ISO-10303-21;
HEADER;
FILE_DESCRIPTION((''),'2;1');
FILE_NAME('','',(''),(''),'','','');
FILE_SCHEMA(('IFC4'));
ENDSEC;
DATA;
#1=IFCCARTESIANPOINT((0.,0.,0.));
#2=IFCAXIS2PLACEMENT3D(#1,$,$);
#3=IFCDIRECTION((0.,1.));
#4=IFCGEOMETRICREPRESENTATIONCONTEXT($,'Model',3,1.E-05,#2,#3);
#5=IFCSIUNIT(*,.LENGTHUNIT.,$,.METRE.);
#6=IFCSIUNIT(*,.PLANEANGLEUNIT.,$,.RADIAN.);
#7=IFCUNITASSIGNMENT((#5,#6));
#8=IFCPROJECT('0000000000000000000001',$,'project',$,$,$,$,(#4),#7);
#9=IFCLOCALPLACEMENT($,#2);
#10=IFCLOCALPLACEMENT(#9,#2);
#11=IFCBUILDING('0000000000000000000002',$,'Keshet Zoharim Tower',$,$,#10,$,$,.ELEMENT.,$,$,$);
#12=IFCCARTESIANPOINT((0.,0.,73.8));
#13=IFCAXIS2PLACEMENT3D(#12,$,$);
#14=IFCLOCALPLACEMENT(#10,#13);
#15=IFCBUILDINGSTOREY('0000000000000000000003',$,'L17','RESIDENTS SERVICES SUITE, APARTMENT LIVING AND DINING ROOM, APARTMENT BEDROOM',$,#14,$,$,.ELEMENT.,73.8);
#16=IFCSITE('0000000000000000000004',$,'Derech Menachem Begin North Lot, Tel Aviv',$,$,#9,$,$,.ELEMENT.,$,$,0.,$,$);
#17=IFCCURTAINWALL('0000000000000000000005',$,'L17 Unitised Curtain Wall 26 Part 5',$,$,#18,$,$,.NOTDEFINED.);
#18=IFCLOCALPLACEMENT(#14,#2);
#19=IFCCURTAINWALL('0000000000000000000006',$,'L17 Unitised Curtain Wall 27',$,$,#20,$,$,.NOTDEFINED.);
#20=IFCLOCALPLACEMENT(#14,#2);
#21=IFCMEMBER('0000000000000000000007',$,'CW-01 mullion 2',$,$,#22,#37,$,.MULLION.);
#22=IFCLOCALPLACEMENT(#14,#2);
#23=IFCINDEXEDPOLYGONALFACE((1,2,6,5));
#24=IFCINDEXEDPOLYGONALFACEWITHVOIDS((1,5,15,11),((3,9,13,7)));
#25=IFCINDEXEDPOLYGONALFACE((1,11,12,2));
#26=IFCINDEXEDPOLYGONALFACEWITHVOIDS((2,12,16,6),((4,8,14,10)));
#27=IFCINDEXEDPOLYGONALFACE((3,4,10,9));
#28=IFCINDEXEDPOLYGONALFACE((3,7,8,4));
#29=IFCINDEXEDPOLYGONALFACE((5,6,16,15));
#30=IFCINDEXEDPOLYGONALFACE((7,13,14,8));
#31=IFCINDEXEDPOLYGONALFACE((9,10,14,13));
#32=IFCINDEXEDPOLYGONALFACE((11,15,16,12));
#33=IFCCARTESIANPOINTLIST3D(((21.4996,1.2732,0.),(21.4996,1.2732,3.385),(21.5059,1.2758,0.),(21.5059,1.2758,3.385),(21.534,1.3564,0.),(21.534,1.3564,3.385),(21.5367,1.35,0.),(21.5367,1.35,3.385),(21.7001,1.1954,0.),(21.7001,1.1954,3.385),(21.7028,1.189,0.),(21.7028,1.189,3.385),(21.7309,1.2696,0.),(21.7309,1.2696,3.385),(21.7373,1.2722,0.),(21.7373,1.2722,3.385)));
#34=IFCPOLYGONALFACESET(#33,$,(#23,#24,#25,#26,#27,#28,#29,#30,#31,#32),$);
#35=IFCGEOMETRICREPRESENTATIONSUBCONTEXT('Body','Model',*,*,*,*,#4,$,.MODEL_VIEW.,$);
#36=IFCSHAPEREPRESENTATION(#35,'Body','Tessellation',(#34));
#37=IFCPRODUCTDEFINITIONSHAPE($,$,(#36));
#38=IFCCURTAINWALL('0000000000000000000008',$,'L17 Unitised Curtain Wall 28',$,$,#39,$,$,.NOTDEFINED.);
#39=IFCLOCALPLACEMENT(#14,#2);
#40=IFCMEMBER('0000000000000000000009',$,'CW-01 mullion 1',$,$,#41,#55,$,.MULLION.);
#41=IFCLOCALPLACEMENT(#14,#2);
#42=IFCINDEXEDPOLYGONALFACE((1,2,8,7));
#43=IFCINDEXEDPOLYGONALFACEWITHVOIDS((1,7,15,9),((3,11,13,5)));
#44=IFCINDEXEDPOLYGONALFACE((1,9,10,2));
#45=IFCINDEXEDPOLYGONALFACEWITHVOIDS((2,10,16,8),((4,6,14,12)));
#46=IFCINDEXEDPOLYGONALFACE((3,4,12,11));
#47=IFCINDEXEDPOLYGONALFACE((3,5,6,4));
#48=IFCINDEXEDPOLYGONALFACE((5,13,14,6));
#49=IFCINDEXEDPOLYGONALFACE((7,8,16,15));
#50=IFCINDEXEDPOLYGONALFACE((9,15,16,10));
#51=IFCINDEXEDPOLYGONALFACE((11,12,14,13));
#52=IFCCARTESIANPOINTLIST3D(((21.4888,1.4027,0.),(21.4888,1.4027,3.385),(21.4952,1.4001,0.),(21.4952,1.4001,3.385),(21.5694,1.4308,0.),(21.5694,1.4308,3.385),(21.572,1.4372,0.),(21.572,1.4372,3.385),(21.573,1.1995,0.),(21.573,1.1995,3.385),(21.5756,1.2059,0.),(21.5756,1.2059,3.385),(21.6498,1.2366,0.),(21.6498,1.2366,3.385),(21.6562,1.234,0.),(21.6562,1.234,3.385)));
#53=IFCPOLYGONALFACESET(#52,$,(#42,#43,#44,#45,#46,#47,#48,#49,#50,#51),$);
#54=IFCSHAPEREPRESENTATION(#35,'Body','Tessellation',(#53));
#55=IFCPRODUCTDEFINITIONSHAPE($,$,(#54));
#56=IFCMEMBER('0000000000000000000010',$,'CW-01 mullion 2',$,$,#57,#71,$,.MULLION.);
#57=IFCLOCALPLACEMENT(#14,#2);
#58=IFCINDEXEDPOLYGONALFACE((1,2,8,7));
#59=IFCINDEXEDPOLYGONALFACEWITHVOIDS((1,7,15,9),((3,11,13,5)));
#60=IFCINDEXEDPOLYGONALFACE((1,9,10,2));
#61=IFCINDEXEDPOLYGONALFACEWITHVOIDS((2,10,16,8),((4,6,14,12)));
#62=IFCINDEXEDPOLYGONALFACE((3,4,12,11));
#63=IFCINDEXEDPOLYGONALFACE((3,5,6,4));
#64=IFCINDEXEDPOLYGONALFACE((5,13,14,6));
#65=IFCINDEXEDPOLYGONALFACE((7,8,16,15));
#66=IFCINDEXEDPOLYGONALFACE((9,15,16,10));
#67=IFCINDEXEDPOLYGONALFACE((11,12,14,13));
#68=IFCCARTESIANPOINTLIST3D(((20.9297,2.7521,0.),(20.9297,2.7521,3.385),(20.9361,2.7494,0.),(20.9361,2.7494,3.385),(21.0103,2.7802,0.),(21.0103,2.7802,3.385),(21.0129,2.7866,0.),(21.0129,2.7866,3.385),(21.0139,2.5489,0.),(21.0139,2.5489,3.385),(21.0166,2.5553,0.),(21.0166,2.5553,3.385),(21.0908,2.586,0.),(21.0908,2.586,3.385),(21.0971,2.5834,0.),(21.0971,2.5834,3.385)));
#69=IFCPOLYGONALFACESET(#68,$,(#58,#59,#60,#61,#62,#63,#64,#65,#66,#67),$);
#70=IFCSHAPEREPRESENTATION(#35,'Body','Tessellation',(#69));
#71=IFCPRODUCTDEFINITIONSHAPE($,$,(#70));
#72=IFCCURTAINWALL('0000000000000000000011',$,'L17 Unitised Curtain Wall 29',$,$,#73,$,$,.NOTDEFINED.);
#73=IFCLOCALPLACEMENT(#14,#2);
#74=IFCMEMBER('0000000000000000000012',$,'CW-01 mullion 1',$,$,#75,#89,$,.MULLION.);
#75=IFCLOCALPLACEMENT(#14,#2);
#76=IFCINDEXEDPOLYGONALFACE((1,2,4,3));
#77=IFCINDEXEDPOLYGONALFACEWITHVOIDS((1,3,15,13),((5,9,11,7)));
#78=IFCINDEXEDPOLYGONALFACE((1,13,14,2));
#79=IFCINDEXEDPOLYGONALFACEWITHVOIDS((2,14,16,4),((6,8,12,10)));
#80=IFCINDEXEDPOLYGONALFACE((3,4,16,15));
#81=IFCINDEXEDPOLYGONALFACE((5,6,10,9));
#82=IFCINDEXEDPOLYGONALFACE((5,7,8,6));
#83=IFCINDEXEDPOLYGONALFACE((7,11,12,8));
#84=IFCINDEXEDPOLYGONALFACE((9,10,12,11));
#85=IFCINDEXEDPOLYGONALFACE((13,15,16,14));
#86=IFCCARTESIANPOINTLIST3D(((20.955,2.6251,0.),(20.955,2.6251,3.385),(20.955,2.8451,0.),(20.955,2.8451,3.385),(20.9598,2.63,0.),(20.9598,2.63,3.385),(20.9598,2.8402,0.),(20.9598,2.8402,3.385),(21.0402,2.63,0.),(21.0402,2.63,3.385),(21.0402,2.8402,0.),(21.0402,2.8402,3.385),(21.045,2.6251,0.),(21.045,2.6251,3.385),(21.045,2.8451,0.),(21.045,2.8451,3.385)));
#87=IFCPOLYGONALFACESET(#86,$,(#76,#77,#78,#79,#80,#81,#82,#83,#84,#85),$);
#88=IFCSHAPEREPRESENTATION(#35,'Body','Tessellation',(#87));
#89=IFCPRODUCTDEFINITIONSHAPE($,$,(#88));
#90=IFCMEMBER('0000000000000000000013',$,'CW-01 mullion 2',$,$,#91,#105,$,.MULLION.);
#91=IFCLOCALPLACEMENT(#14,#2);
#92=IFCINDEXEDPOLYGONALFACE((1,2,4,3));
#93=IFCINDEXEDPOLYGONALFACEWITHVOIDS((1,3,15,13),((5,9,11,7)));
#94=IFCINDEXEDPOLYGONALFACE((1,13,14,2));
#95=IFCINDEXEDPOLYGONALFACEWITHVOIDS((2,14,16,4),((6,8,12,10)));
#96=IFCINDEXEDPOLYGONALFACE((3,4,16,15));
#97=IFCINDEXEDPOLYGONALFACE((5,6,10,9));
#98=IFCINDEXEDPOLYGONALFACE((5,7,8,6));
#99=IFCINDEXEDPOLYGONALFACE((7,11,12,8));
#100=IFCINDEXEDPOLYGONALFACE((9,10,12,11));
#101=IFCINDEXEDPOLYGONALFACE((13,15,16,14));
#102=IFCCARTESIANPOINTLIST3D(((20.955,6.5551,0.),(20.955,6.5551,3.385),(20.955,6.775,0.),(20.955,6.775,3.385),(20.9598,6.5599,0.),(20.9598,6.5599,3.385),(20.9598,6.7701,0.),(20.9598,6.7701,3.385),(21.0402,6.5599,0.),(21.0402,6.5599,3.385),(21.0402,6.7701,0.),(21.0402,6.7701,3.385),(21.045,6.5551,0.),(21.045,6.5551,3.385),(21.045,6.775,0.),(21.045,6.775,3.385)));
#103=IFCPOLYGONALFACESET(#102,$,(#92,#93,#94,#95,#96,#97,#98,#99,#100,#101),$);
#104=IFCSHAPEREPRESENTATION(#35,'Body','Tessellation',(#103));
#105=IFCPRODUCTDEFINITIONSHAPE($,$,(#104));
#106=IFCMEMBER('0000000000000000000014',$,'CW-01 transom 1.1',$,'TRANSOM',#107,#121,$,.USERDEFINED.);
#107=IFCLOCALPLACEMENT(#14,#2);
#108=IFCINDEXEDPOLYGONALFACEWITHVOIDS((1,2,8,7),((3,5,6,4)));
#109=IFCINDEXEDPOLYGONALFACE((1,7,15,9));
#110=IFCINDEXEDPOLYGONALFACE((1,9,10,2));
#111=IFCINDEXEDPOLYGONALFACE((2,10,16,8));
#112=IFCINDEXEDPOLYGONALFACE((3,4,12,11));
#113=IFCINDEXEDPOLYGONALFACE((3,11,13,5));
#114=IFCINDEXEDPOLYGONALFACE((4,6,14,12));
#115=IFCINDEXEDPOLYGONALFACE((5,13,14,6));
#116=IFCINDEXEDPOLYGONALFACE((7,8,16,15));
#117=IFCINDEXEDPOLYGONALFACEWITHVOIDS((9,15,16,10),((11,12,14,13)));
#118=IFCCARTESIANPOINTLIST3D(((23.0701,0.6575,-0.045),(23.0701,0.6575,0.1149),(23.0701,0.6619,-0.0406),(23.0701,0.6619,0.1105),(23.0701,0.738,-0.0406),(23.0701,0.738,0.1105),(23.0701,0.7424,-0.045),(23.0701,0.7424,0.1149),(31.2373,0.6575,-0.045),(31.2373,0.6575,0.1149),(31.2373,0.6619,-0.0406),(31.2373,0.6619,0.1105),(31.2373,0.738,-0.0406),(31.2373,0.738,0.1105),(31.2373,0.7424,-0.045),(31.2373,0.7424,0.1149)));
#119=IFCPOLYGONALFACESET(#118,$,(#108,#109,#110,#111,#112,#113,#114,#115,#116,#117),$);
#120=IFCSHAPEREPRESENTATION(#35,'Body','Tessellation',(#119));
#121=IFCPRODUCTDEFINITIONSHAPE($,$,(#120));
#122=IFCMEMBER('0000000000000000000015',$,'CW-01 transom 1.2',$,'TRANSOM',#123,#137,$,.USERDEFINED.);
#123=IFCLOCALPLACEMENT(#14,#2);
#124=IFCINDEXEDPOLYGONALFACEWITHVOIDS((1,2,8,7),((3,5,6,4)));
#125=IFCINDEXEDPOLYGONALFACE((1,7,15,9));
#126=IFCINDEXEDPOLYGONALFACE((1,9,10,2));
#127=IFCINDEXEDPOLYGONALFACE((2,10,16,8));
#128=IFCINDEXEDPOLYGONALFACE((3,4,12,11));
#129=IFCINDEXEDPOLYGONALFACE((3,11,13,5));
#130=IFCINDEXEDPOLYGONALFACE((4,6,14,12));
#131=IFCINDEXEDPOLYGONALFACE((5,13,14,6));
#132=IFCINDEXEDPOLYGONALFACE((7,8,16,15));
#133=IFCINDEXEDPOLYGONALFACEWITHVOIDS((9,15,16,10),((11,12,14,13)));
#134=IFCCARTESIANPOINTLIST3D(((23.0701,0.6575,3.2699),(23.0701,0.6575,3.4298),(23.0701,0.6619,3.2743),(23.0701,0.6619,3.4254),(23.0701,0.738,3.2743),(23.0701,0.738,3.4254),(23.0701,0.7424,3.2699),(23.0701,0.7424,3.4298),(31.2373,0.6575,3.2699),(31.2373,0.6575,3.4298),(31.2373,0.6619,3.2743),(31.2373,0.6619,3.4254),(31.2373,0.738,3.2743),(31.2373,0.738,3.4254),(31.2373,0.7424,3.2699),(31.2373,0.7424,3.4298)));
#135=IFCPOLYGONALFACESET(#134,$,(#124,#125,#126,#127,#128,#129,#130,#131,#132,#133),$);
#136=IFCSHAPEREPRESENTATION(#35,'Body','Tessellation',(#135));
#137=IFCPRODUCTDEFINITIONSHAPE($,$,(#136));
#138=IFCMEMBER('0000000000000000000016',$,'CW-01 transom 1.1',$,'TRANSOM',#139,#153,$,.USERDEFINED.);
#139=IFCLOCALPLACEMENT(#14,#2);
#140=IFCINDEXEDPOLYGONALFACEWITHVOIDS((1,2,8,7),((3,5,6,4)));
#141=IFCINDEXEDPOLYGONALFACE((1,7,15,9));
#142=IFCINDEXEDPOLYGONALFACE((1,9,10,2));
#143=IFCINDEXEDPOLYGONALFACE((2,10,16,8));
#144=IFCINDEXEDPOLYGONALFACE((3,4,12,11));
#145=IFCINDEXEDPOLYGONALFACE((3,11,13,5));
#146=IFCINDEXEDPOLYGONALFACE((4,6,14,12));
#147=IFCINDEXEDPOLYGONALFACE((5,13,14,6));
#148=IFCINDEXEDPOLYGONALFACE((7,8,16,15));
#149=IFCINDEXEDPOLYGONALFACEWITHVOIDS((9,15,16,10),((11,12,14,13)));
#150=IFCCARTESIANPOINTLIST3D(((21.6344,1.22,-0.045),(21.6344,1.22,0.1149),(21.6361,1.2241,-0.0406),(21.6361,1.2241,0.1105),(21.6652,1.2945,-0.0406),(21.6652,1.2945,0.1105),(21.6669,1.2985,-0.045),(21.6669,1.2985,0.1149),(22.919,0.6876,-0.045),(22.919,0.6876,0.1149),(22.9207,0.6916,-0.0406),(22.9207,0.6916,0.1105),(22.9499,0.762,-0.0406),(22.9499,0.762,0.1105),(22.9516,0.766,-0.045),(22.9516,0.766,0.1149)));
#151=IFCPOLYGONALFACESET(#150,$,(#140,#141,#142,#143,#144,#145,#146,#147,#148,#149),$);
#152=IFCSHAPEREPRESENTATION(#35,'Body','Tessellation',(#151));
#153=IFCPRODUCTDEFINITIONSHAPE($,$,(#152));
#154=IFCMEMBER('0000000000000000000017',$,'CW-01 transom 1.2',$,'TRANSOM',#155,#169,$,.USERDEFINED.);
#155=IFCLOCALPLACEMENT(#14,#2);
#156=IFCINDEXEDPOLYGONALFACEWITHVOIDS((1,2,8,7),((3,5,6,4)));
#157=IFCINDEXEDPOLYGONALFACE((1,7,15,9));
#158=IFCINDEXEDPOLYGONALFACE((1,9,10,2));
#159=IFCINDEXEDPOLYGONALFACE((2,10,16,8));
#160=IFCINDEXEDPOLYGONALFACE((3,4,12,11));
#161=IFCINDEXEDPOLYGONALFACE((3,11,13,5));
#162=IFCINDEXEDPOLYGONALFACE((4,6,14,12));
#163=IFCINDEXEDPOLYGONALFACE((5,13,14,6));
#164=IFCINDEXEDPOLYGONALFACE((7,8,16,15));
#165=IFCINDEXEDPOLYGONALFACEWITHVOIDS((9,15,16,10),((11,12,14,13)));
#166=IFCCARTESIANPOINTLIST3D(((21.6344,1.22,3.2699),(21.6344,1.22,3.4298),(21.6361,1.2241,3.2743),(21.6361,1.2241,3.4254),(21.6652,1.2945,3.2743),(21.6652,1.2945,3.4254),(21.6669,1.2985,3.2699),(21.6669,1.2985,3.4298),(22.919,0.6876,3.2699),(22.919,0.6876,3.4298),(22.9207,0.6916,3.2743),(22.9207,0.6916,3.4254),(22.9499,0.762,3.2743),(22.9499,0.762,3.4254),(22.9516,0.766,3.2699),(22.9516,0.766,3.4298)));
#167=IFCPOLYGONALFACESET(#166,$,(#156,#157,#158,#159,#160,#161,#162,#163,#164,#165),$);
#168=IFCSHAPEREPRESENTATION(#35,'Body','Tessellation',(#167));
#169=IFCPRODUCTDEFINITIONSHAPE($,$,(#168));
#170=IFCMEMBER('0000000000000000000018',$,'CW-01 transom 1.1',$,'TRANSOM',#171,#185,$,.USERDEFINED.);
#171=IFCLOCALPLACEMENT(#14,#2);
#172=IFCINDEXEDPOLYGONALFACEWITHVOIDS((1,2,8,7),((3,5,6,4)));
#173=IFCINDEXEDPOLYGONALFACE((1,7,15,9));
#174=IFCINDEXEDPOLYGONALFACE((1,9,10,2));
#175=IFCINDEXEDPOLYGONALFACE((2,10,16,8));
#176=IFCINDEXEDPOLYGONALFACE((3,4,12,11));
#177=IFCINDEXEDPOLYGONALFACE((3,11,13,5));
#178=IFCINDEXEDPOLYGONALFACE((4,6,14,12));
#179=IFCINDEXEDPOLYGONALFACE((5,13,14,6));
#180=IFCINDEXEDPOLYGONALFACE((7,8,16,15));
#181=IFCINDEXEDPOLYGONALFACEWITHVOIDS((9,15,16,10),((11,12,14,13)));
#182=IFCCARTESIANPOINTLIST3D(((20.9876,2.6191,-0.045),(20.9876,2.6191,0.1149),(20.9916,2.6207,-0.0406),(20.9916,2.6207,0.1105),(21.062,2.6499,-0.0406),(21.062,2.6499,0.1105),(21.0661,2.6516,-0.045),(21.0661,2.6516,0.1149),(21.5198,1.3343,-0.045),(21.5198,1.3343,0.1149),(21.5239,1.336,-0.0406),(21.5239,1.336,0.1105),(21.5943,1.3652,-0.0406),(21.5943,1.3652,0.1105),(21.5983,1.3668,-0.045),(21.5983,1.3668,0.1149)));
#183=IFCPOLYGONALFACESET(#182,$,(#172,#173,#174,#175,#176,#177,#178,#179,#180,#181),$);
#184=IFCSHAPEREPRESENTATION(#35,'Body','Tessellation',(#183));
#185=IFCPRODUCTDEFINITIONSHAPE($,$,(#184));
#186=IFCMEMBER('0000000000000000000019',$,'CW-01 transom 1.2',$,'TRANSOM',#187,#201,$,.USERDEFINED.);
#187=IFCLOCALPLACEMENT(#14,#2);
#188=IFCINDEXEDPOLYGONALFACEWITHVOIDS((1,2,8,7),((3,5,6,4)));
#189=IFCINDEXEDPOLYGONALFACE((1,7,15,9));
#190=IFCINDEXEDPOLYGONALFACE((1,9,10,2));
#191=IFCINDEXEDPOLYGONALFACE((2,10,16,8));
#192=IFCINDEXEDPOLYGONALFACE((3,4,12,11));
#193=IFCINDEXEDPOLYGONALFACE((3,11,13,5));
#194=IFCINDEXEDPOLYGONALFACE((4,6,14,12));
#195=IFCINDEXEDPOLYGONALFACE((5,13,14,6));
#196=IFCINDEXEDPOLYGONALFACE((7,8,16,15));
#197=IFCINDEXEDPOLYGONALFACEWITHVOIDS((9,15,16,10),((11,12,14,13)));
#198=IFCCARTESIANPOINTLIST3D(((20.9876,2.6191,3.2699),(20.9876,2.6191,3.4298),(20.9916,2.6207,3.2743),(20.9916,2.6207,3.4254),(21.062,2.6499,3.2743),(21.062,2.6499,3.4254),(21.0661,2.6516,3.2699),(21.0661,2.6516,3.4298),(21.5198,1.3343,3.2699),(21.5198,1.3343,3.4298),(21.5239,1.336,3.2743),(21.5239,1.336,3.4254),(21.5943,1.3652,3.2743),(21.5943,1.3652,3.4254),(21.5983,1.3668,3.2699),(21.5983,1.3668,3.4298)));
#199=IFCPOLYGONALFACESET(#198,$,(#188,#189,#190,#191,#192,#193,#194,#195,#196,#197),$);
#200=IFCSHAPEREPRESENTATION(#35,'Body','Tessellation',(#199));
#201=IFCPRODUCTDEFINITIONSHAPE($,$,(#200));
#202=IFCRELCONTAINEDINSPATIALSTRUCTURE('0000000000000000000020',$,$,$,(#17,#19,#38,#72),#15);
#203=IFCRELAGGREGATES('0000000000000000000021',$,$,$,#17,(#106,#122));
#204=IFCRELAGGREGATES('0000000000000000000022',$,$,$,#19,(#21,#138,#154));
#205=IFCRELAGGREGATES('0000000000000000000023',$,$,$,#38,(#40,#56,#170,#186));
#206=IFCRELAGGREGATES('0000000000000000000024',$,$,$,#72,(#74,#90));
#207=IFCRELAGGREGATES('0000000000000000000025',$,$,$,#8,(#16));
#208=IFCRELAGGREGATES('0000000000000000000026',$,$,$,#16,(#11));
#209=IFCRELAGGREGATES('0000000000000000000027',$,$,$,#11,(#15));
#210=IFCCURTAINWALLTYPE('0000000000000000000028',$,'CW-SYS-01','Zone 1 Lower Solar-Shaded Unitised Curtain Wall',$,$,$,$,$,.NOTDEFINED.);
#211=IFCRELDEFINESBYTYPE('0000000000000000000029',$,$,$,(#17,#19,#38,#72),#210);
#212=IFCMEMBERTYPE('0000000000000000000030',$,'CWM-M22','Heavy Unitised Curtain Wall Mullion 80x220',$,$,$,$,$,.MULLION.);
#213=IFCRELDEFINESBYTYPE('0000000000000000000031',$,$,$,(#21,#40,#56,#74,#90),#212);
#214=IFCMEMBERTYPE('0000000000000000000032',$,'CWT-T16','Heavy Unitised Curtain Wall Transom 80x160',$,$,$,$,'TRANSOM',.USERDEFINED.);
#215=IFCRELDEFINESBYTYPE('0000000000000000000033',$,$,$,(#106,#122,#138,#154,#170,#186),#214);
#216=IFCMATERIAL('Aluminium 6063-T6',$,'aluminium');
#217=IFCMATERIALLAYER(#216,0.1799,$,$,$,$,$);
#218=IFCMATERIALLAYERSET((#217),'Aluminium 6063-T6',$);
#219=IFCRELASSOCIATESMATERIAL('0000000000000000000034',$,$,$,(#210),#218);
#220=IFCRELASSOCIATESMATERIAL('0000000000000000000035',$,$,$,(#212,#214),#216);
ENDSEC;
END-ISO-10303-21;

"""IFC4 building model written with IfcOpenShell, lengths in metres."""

from ifc_helpers import new_model, si_unit, direction, frame, origin, origin_2d, place, context, subcontext, project, spatial, hollow_rectangle, extrude, material, layer, layer_set, material_profile, profile_set, type_object, element, aggregate, save


model = new_model("IFC4")

# Units and contexts
model_context = context("Model", 3, precision=1e-05, world=origin(), true_north=direction((0.0, 1.0)))
body_context = subcontext(model_context, "Body", "Model", "MODEL_VIEW")
ifc_project = project(units=[si_unit("LENGTHUNIT", "METRE"), si_unit("PLANEANGLEUNIT", "RADIAN")], contexts=[model_context])

# Site, building, storey
site_placement = place(None, origin())
site = spatial("IfcSite", under=ifc_project, at=site_placement, Name="Derech Menachem Begin North Lot, Tel Aviv", CompositionType="ELEMENT", RefElevation=0.0)
building_placement = place(site_placement, origin())
building = spatial("IfcBuilding", under=site, at=building_placement, Name="Keshet Zoharim Tower", CompositionType="ELEMENT")
storey_placement = place(building_placement, frame((0.0, 0.0, 73.8)))
storey = spatial("IfcBuildingStorey", under=building, at=storey_placement, Name="L17", Description="RESIDENTS SERVICES SUITE, APARTMENT LIVING AND DINING ROOM, APARTMENT BEDROOM", CompositionType="ELEMENT", Elevation=73.8)

# Curtain wall
ifc_material_1 = material(Name="Aluminium 6063-T6", Category="aluminium")
ifc_layer_1 = layer(ifc_material_1, 0.1799)
ifc_layer_set_1 = layer_set([ifc_layer_1], Name="Aluminium 6063-T6")
curtain_wall_type = type_object("IfcCurtainWallType", Name="CW-SYS-01", Description="Zone 1 Lower Solar-Shaded Unitised Curtain Wall", PredefinedType="NOTDEFINED", material=ifc_layer_set_1)
ifc_material_profile_1 = material_profile(ifc_material_1, hollow_rectangle(XDim=0.0901, YDim=0.22, WallThickness=0.0049, at=origin_2d()), Name="MUL-90x220")
ifc_profile_set_1 = profile_set([ifc_material_profile_1], Name="Aluminium 6063-T6")
member_type_1 = type_object("IfcMemberType", Name="CWM-M22", Description="Heavy Unitised Curtain Wall Mullion 80x220", PredefinedType="MULLION", material=ifc_profile_set_1)
curtain_wall_1_placement = place(storey_placement, origin())
curtain_wall_1 = element("IfcCurtainWall", 1, at=curtain_wall_1_placement, inside=storey, type_object=curtain_wall_type, Name="L17 Unitised Curtain Wall 26 Part 5", PredefinedType="NOTDEFINED")

# Curtain walls, members
curtain_wall_2_placement = place(storey_placement, origin())
curtain_wall_2 = element("IfcCurtainWall", 2, at=curtain_wall_2_placement, inside=storey, type_object=curtain_wall_type, Name="L17 Unitised Curtain Wall 27", PredefinedType="NOTDEFINED")
member_1_placement = place(storey_placement, frame((21.6184, 1.2727, 0.0), z_axis=(0.0, 0.0, 1.0), x_axis=(-0.382852, -0.92381, 0.0)))
member_1 = element("IfcMember", 3, at=member_1_placement, type_object=member_type_1, Name="CW-01 mullion 2", PredefinedType="MULLION", context=body_context, shape_type="SweptSolid", body=[
    extrude(hollow_rectangle(XDim=0.0901, YDim=0.22, WallThickness=0.0049, at=origin_2d()), origin(), (0.0, 0.0, 1.0), 3.385),
])
curtain_wall_3_placement = place(storey_placement, origin())
curtain_wall_3 = element("IfcCurtainWall", 4, at=curtain_wall_3_placement, inside=storey, type_object=curtain_wall_type, Name="L17 Unitised Curtain Wall 28", PredefinedType="NOTDEFINED")
member_2_placement = place(storey_placement, frame((21.5725, 1.3184, 0.0), z_axis=(0.0, 0.0, 1.0), x_axis=(-0.92381, -0.382852, 0.0)))
member_2 = element("IfcMember", 5, at=member_2_placement, type_object=member_type_1, Name="CW-01 mullion 1", PredefinedType="MULLION", context=body_context, shape_type="SweptSolid", body=[
    extrude(hollow_rectangle(XDim=0.0901, YDim=0.22, WallThickness=0.0049, at=origin_2d()), origin(), (0.0, 0.0, 1.0), 3.385),
])
member_3_placement = place(storey_placement, frame((21.0134, 2.6677, 0.0), z_axis=(0.0, 0.0, 1.0), x_axis=(-0.92381, -0.382852, 0.0)))
member_3 = element("IfcMember", 6, at=member_3_placement, type_object=member_type_1, Name="CW-01 mullion 2", PredefinedType="MULLION", context=body_context, shape_type="SweptSolid", body=[
    extrude(hollow_rectangle(XDim=0.0901, YDim=0.22, WallThickness=0.0049, at=origin_2d()), origin(), (0.0, 0.0, 1.0), 3.385),
])
curtain_wall_4_placement = place(storey_placement, origin())
curtain_wall_4 = element("IfcCurtainWall", 7, at=curtain_wall_4_placement, inside=storey, type_object=curtain_wall_type, Name="L17 Unitised Curtain Wall 29", PredefinedType="NOTDEFINED")
member_4_placement = place(storey_placement, frame((21.0, 2.7351, 0.0), z_axis=(0.0, 0.0, 1.0), x_axis=(-1.0, 0.0, 0.0)))
member_4 = element("IfcMember", 8, at=member_4_placement, type_object=member_type_1, Name="CW-01 mullion 1", PredefinedType="MULLION", context=body_context, shape_type="SweptSolid", body=[
    extrude(hollow_rectangle(XDim=0.0901, YDim=0.22, WallThickness=0.0049, at=origin_2d()), origin(), (0.0, 0.0, 1.0), 3.385),
])
member_5_placement = place(storey_placement, frame((21.0, 6.665, 0.0), z_axis=(0.0, 0.0, 1.0), x_axis=(-1.0, 0.0, 0.0)))
member_5 = element("IfcMember", 9, at=member_5_placement, type_object=member_type_1, Name="CW-01 mullion 2", PredefinedType="MULLION", context=body_context, shape_type="SweptSolid", body=[
    extrude(hollow_rectangle(XDim=0.0901, YDim=0.22, WallThickness=0.0049, at=origin_2d()), origin(), (0.0, 0.0, 1.0), 3.385),
])

# Members
ifc_material_profile_2 = material_profile(ifc_material_1, hollow_rectangle(XDim=0.085, YDim=0.1599, WallThickness=0.0044, at=origin_2d()), Name="TRN-85x160")
ifc_profile_set_2 = profile_set([ifc_material_profile_2], Name="Aluminium 6063-T6")
member_type_2 = type_object("IfcMemberType", Name="CWT-T16", Description="Heavy Unitised Curtain Wall Transom 80x160", ElementType="TRANSOM", PredefinedType="USERDEFINED", material=ifc_profile_set_2)
member_6_placement = place(storey_placement, frame((31.2373, 0.7, 0.0349), z_axis=(-1.0, 0.0, 0.0), x_axis=(0.0, -1.0, 0.0)))
member_6 = element("IfcMember", 10, at=member_6_placement, type_object=member_type_2, Name="CW-01 transom 1.1", ObjectType="TRANSOM", PredefinedType="USERDEFINED", context=body_context, shape_type="SweptSolid", body=[
    extrude(hollow_rectangle(XDim=0.085, YDim=0.1599, WallThickness=0.0044, at=origin_2d()), origin(), (0.0, 0.0, 1.0), 8.1672),
])
member_7_placement = place(storey_placement, frame((31.2373, 0.7, 3.3499), z_axis=(-1.0, 0.0, 0.0), x_axis=(0.0, -1.0, 0.0)))
member_7 = element("IfcMember", 11, at=member_7_placement, type_object=member_type_2, Name="CW-01 transom 1.2", ObjectType="TRANSOM", PredefinedType="USERDEFINED", context=body_context, shape_type="SweptSolid", body=[
    extrude(hollow_rectangle(XDim=0.085, YDim=0.1599, WallThickness=0.0044, at=origin_2d()), origin(), (0.0, 0.0, 1.0), 8.1672),
])
member_8_placement = place(storey_placement, frame((22.9353, 0.7268, 0.0349), z_axis=(-0.923792, 0.382894, 0.0), x_axis=(-0.382894, -0.923792, 0.0)))
member_8 = element("IfcMember", 12, at=member_8_placement, type_object=member_type_2, Name="CW-01 transom 1.1", ObjectType="TRANSOM", PredefinedType="USERDEFINED", context=body_context, shape_type="SweptSolid", body=[
    extrude(hollow_rectangle(XDim=0.085, YDim=0.1599, WallThickness=0.0044, at=origin_2d()), origin(), (0.0, 0.0, 1.0), 1.3906),
])
member_9_placement = place(storey_placement, frame((22.9353, 0.7268, 3.3499), z_axis=(-0.923792, 0.382894, 0.0), x_axis=(-0.382894, -0.923792, 0.0)))
member_9 = element("IfcMember", 13, at=member_9_placement, type_object=member_type_2, Name="CW-01 transom 1.2", ObjectType="TRANSOM", PredefinedType="USERDEFINED", context=body_context, shape_type="SweptSolid", body=[
    extrude(hollow_rectangle(XDim=0.085, YDim=0.1599, WallThickness=0.0044, at=origin_2d()), origin(), (0.0, 0.0, 1.0), 1.3906),
])
member_10_placement = place(storey_placement, frame((21.5591, 1.3506, 0.0349), z_axis=(-0.382745, 0.923854, 0.0), x_axis=(-0.923854, -0.382745, 0.0)))
member_10 = element("IfcMember", 14, at=member_10_placement, type_object=member_type_2, Name="CW-01 transom 1.1", ObjectType="TRANSOM", PredefinedType="USERDEFINED", context=body_context, shape_type="SweptSolid", body=[
    extrude(hollow_rectangle(XDim=0.085, YDim=0.1599, WallThickness=0.0044, at=origin_2d()), origin(), (0.0, 0.0, 1.0), 1.3906),
])
member_11_placement = place(storey_placement, frame((21.5591, 1.3506, 3.3499), z_axis=(-0.382745, 0.923854, 0.0), x_axis=(-0.923854, -0.382745, 0.0)))
member_11 = element("IfcMember", 15, at=member_11_placement, type_object=member_type_2, Name="CW-01 transom 1.2", ObjectType="TRANSOM", PredefinedType="USERDEFINED", context=body_context, shape_type="SweptSolid", body=[
    extrude(hollow_rectangle(XDim=0.085, YDim=0.1599, WallThickness=0.0044, at=origin_2d()), origin(), (0.0, 0.0, 1.0), 1.3906),
])

aggregate(curtain_wall_1, [member_6, member_7])
aggregate(curtain_wall_2, [member_1, member_8, member_9])
aggregate(curtain_wall_3, [member_2, member_3, member_10, member_11])
aggregate(curtain_wall_4, [member_4, member_5])

save(model, "model.ifc")
